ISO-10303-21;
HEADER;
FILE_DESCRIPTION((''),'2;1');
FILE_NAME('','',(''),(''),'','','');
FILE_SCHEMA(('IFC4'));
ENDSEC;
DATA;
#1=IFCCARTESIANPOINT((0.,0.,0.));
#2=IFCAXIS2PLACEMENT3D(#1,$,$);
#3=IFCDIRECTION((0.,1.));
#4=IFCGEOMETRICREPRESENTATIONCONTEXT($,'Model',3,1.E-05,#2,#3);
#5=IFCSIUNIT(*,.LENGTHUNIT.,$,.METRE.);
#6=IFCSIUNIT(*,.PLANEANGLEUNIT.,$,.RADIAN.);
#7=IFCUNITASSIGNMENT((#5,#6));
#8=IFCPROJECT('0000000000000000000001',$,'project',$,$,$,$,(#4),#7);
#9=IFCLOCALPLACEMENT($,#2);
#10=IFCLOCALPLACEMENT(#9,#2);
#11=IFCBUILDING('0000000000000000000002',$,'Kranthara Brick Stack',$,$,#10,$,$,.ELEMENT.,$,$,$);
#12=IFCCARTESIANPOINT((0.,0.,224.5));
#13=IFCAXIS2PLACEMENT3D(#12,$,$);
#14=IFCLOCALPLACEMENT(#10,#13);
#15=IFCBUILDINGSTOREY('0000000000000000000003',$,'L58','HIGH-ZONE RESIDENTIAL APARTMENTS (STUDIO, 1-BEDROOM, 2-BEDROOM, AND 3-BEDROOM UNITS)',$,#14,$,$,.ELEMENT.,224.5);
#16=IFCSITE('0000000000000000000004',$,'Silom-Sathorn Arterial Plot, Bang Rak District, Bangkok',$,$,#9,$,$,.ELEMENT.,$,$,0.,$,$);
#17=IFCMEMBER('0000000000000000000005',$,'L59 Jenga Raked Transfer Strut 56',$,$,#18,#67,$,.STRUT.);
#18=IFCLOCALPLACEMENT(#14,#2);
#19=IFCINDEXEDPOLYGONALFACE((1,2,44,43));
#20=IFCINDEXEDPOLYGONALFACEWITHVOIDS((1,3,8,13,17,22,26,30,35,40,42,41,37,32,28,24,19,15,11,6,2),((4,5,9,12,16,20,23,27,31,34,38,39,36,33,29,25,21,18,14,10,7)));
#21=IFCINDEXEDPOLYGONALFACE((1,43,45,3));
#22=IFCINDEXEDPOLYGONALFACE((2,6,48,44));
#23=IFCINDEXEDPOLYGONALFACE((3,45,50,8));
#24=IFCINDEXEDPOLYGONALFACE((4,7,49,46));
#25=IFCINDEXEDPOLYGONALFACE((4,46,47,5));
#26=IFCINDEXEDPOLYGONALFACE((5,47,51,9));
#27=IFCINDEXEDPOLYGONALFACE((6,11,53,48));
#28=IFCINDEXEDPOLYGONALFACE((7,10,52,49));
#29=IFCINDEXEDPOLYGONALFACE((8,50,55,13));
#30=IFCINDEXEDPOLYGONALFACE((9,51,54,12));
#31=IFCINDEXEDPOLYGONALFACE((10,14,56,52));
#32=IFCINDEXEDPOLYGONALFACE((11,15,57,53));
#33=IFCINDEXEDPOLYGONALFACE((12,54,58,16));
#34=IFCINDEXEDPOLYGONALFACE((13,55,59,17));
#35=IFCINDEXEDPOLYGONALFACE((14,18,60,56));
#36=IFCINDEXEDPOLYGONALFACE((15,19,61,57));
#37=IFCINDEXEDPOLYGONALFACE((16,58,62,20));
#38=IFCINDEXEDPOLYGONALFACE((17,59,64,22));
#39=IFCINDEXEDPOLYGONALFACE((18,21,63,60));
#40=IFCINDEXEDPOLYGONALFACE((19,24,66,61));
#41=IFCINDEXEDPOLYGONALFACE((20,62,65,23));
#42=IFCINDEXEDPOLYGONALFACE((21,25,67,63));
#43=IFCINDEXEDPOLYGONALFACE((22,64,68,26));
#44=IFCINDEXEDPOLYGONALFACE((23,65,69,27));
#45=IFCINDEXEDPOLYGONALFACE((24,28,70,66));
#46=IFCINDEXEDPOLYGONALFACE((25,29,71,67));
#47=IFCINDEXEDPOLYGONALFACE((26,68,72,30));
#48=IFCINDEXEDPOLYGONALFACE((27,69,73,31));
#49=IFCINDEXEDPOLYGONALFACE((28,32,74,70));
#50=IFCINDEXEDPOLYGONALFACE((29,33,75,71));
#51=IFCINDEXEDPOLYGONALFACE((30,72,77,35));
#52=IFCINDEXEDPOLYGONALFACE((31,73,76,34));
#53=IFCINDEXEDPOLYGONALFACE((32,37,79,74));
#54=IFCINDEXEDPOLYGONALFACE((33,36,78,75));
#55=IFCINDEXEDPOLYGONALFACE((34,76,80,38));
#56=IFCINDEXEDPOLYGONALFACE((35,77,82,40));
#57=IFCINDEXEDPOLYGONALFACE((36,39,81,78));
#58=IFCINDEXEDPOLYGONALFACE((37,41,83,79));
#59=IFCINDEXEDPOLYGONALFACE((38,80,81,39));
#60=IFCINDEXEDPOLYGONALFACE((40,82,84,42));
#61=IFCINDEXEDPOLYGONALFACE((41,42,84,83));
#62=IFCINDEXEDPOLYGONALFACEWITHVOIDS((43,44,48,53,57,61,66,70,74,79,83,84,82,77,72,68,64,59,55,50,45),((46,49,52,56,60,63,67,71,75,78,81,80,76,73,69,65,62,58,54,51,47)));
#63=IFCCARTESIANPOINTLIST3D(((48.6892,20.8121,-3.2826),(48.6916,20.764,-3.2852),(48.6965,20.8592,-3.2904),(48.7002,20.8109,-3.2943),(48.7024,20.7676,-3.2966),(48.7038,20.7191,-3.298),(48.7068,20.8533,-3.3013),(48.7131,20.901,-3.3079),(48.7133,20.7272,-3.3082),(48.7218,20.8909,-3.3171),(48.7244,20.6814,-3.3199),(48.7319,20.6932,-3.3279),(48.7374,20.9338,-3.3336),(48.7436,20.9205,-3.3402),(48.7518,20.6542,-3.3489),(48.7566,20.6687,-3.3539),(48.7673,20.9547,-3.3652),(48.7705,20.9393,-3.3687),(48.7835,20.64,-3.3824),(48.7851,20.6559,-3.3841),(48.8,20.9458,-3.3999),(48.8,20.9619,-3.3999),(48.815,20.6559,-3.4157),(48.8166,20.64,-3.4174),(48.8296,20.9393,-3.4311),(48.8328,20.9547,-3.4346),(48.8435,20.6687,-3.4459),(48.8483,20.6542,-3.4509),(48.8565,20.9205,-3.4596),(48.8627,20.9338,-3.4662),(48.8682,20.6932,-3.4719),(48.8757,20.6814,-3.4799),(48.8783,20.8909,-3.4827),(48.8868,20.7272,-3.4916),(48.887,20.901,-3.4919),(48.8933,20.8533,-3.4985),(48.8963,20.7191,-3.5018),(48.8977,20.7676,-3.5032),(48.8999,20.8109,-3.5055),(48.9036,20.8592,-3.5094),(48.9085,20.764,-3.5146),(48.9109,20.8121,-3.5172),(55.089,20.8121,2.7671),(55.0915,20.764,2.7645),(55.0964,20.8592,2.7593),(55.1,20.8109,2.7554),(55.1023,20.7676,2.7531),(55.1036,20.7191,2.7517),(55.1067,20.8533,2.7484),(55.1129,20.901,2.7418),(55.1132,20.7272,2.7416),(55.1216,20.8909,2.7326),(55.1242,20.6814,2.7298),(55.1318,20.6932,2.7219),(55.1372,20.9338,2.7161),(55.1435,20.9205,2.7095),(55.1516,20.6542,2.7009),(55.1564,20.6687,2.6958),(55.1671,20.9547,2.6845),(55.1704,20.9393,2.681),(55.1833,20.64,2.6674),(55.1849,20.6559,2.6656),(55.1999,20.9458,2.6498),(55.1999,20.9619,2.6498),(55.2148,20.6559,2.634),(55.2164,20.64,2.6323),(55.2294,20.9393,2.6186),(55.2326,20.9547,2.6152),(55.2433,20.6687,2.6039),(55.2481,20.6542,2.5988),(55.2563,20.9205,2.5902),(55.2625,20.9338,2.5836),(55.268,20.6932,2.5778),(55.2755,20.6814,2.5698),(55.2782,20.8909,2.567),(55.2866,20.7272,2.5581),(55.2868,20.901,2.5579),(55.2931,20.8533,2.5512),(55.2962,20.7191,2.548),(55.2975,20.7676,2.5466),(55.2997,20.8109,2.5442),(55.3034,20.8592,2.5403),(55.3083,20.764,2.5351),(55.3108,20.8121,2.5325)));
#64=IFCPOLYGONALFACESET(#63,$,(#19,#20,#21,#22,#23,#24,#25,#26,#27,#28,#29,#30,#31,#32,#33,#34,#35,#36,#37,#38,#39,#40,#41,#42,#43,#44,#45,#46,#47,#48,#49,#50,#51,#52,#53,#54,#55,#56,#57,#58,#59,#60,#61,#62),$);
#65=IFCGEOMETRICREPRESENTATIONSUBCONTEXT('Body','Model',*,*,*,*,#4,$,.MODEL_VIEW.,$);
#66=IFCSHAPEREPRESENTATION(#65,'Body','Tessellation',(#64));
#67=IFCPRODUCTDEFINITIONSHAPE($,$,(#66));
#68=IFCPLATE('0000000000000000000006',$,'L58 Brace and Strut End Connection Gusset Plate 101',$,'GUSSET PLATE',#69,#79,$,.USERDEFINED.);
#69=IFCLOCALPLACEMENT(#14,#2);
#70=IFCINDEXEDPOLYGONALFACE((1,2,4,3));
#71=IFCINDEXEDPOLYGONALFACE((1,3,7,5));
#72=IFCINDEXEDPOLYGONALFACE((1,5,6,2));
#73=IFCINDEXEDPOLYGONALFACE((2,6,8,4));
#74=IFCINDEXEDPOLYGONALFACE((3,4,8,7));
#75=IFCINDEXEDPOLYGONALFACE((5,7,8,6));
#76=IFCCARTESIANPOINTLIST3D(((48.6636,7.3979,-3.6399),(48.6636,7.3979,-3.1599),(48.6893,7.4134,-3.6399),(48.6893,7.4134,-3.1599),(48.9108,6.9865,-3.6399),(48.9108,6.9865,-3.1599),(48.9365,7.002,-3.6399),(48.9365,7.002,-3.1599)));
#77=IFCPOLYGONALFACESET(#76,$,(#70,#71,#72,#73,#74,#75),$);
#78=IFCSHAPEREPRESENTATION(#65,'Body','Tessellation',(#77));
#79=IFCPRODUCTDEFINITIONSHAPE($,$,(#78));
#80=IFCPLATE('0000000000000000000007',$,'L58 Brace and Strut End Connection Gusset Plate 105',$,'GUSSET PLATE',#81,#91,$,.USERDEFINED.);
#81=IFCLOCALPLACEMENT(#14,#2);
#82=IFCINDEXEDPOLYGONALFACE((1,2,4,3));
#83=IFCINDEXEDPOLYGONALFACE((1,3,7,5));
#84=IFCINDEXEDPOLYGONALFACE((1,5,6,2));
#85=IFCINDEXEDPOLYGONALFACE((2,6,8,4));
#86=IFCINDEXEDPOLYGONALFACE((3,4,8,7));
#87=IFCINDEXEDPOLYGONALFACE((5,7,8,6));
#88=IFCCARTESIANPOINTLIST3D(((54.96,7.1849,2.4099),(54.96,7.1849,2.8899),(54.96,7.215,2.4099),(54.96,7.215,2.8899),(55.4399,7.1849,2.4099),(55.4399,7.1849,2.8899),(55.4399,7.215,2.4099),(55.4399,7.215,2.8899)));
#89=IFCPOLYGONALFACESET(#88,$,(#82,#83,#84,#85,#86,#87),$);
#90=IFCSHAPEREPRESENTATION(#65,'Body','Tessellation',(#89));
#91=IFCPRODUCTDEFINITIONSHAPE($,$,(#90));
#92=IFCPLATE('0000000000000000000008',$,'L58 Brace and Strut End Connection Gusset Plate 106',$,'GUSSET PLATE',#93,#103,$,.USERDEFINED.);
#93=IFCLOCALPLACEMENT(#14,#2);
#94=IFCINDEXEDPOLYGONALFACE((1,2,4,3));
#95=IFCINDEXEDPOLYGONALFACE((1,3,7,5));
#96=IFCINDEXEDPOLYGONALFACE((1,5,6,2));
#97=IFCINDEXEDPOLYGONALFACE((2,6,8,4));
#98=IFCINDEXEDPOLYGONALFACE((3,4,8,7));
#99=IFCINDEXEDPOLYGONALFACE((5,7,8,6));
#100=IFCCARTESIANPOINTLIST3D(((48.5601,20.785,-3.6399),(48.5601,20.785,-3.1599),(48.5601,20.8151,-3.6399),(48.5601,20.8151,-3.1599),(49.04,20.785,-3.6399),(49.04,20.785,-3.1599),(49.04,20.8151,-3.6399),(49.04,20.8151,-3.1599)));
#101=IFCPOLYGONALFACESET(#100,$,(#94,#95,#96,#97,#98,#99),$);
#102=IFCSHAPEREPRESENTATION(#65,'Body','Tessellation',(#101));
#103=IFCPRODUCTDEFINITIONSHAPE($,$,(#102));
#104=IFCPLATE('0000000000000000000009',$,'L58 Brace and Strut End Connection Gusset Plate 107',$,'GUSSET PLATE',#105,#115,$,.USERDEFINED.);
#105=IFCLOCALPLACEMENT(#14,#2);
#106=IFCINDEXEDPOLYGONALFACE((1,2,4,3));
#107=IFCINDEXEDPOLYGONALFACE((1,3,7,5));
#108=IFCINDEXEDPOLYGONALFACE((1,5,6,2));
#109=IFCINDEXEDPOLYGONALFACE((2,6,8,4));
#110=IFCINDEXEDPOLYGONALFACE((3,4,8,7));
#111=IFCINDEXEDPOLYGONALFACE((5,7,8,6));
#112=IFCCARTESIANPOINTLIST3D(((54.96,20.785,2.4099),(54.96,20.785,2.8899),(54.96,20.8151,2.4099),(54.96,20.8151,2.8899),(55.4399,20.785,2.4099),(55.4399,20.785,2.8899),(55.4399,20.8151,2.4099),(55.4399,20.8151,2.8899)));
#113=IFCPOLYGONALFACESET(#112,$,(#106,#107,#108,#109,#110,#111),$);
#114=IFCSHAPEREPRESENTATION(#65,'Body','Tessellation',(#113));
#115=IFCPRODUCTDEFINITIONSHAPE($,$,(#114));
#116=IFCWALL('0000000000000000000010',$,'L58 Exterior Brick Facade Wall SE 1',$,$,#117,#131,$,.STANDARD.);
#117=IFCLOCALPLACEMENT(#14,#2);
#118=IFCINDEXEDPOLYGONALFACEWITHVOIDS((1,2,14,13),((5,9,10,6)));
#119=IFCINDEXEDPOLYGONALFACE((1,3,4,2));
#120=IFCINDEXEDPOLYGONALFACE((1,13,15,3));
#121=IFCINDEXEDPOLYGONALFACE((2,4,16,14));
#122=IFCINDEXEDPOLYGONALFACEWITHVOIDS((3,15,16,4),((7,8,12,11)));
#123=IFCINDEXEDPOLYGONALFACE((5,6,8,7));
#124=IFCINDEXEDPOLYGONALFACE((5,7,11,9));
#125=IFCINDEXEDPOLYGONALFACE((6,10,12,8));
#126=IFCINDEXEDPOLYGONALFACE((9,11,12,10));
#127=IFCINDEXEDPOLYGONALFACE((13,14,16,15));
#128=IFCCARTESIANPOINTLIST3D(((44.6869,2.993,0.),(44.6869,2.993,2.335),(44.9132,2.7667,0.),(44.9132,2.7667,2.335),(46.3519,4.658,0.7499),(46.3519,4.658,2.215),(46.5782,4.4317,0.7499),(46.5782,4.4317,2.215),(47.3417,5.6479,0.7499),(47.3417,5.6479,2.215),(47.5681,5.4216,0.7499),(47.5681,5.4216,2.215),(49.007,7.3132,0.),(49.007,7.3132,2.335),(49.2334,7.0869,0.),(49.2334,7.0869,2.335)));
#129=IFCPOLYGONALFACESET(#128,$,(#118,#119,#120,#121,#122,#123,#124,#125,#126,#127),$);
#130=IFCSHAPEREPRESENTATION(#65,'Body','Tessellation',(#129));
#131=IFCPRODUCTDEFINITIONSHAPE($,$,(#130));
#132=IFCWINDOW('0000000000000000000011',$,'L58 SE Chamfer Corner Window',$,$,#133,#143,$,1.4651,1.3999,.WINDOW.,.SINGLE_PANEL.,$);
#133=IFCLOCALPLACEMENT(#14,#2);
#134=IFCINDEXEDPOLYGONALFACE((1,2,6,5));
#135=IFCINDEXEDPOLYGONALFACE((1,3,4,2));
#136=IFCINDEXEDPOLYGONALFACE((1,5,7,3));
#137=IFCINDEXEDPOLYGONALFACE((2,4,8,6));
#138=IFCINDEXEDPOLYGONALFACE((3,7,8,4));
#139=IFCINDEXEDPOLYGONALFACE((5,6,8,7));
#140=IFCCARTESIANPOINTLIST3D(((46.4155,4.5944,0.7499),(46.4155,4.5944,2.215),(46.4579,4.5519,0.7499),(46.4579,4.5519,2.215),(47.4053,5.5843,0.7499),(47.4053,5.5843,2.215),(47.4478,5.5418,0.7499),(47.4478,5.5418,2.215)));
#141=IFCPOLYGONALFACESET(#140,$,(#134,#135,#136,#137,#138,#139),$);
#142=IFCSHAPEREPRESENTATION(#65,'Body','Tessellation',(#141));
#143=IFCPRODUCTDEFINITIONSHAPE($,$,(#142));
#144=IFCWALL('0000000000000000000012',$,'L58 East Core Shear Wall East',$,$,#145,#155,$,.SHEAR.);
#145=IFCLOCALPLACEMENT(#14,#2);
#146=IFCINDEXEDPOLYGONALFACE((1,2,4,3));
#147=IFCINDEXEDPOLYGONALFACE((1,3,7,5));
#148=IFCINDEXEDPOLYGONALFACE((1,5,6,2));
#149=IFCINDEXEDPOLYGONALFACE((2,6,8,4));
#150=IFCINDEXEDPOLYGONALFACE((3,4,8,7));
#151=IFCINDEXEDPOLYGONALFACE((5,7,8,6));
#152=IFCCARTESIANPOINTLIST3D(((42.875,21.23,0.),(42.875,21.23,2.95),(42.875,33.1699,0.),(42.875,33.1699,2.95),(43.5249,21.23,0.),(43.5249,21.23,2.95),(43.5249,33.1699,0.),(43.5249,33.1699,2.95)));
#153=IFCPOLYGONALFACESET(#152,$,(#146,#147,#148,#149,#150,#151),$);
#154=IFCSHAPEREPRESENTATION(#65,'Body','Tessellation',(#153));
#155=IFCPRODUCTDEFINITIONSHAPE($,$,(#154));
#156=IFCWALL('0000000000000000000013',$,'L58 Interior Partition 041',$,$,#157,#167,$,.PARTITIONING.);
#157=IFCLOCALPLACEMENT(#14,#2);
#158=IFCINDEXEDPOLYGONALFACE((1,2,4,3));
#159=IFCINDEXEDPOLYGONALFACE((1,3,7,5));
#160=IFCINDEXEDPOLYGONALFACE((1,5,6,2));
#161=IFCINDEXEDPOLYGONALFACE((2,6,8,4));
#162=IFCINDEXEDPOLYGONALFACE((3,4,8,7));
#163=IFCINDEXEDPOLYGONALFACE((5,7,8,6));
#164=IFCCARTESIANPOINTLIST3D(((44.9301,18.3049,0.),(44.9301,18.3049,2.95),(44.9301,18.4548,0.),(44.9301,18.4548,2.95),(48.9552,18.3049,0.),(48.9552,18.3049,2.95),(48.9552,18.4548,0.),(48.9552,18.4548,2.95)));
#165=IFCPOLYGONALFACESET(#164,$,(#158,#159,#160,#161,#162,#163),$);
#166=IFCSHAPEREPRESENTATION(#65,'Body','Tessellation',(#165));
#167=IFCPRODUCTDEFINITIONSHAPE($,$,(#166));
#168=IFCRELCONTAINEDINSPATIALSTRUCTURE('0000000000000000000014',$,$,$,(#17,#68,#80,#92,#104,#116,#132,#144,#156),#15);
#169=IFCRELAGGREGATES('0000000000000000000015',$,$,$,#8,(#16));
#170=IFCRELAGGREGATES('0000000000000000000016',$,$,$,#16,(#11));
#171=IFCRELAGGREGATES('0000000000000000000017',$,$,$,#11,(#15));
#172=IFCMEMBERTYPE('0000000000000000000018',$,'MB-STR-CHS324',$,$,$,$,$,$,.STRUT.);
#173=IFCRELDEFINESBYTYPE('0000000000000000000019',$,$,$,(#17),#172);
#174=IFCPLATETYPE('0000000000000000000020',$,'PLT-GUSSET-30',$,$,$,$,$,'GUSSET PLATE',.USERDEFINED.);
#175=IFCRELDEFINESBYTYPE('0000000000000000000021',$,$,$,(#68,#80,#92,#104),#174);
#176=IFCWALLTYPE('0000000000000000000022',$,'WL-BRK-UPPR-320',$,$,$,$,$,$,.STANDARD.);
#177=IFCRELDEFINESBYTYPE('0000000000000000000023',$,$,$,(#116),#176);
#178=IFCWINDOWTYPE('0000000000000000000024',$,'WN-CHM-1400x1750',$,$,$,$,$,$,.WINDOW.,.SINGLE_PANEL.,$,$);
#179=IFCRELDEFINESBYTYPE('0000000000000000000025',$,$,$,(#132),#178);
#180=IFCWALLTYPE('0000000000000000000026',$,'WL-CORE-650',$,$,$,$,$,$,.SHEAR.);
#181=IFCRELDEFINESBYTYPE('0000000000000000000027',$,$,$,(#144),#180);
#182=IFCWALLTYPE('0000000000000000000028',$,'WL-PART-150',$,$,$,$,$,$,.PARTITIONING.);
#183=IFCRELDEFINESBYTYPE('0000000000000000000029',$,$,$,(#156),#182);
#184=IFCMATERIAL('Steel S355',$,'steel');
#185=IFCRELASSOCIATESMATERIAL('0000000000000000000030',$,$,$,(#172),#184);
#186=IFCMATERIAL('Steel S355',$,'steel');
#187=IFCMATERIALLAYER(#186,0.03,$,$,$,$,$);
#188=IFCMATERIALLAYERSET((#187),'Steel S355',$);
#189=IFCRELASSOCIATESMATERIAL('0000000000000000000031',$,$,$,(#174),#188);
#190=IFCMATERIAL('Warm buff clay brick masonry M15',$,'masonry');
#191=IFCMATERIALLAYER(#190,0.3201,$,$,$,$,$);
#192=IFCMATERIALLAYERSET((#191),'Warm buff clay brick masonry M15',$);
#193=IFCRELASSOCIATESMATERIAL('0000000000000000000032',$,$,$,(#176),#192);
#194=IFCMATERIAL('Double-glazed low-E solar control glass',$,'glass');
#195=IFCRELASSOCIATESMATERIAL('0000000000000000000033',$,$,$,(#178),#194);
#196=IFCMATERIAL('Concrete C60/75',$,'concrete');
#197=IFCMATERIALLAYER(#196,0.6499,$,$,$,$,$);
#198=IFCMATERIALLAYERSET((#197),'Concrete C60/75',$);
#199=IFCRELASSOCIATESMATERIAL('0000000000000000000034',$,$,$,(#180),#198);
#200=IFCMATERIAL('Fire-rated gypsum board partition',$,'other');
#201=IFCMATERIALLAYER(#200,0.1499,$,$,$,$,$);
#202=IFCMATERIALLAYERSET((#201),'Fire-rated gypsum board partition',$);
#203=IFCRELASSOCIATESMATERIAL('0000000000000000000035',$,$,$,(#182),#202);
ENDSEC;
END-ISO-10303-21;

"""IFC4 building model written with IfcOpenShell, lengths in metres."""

from ifc_helpers import new_model, si_unit, direction, frame, frame_2d, origin, origin_2d, place, context, subcontext, project, spatial, rectangle, hollow_circle, extrude, material, layer, layer_set, material_profile, profile_set, type_object, element, fill, save


model = new_model("IFC4")

# Units and contexts
model_context = context("Model", 3, precision=1e-05, world=origin(), true_north=direction((0.0, 1.0)))
body_context = subcontext(model_context, "Body", "Model", "MODEL_VIEW")
ifc_project = project(units=[si_unit("LENGTHUNIT", "METRE"), si_unit("PLANEANGLEUNIT", "RADIAN")], contexts=[model_context])

# Site, building, storey
site_placement = place(None, origin())
site = spatial("IfcSite", under=ifc_project, at=site_placement, Name="Silom-Sathorn Arterial Plot, Bang Rak District, Bangkok", CompositionType="ELEMENT", RefElevation=0.0)
building_placement = place(site_placement, origin())
building = spatial("IfcBuilding", under=site, at=building_placement, Name="Kranthara Brick Stack", CompositionType="ELEMENT")
storey_placement = place(building_placement, frame((0.0, 0.0, 224.5)))
storey = spatial("IfcBuildingStorey", under=building, at=storey_placement, Name="L58", Description="HIGH-ZONE RESIDENTIAL APARTMENTS (STUDIO, 1-BEDROOM, 2-BEDROOM, AND 3-BEDROOM UNITS)", CompositionType="ELEMENT", Elevation=224.5)

# Member
ifc_material_1 = material(Name="Steel S355", Category="steel")
ifc_material_profile_1 = material_profile(ifc_material_1, hollow_circle(Radius=0.1619, WallThickness=0.0161, at=origin_2d()), Name="CHS 323.9x16")
ifc_profile_set_1 = profile_set([ifc_material_profile_1], Name="Steel S355")
member_type = type_object("IfcMemberType", Name="MB-STR-CHS324", PredefinedType="STRUT", material=ifc_profile_set_1)
for number, where, z_axis, x_axis, name in (
    (1, (48.8, 20.8, -3.3999), (0.726704, 0.0, 0.686951), (0.0, 1.0, 0.0), "L59 Jenga Raked Transfer Strut 56"),
):
    element("IfcMember", number, at=place(storey_placement, frame(where, z_axis=z_axis, x_axis=x_axis)), inside=storey, type_object=member_type, Name=name, PredefinedType="STRUT", context=body_context, shape_type="SweptSolid", body=[
        extrude(hollow_circle(Radius=0.1619, WallThickness=0.0161, at=origin_2d()), origin(), (0.0, 0.0, 1.0), 8.8066),
    ])

# Plates
ifc_material_2 = material(Name="Steel S355", Category="steel")
ifc_layer_1 = layer(ifc_material_2, 0.03)
ifc_layer_set_1 = layer_set([ifc_layer_1], Name="Steel S355")
plate_type = type_object("IfcPlateType", Name="PLT-GUSSET-30", ElementType="GUSSET PLATE", PredefinedType="USERDEFINED", material=ifc_layer_set_1)
for number, where, z_axis, x_axis, name in (
    (2, (48.8, 7.2, -3.6399), (0.0, 0.0, 1.0), (-0.515038, 0.857167, 0.0), "L58 Brace and Strut End Connection Gusset Plate 101"),
    (3, (55.2, 7.2, 2.4099), (0.0, 0.0, 1.0), (1.0, 0.0, 0.0), "L58 Brace and Strut End Connection Gusset Plate 105"),
    (4, (48.8, 20.8, -3.6399), (0.0, 0.0, 1.0), (1.0, 0.0, 0.0), "L58 Brace and Strut End Connection Gusset Plate 106"),
    (5, (55.2, 20.8, 2.4099), (0.0, 0.0, 1.0), (1.0, 0.0, 0.0), "L58 Brace and Strut End Connection Gusset Plate 107"),
):
    element("IfcPlate", number, at=place(storey_placement, frame(where, z_axis=z_axis, x_axis=x_axis)), inside=storey, type_object=plate_type, Name=name, ObjectType="GUSSET PLATE", PredefinedType="USERDEFINED", context=body_context, shape_type="SweptSolid", body=[
        extrude(rectangle(XDim=0.48, YDim=0.03, at=origin_2d()), origin(), (0.0, 0.0, 1.0), 0.48),
    ])

# Wall, opening, window
ifc_material_3 = material(Name="Warm buff clay brick masonry M15", Category="masonry")
ifc_layer_2 = layer(ifc_material_3, 0.3201)
ifc_layer_set_2 = layer_set([ifc_layer_2], Name="Warm buff clay brick masonry M15")
wall_type_1 = type_object("IfcWallType", Name="WL-BRK-UPPR-320", PredefinedType="STANDARD", material=ifc_layer_set_2)
wall_1_placement = place(storey_placement, frame((49.1201, 7.2, 0.0), z_axis=(0.0, 0.0, 1.0), x_axis=(-0.707107, -0.707107, 0.0)))
wall_1 = element("IfcWall", 6, at=wall_1_placement, inside=storey, type_object=wall_type_1, Name="L58 Exterior Brick Facade Wall SE 1", PredefinedType="STANDARD", context=body_context, shape_type="SweptSolid", body=[
    extrude(rectangle(XDim=6.1096, YDim=0.3201, at=frame_2d((3.0547, 0.0))), origin(), (0.0, 0.0, 1.0), 2.335),
])
opening_1_placement = place(wall_1_placement, frame((2.355, 0.0, 0.75)))
opening_1 = element("IfcOpeningElement", 7, at=opening_1_placement, cuts=wall_1, PredefinedType="OPENING", context=body_context, shape_type="SweptSolid", body=[
    extrude(rectangle(XDim=1.3999, YDim=1.4651, at=frame_2d((0.7, 0.7324))), frame((0.0, 0.1699, 0.0), z_axis=(0.0, -1.0, 0.0), x_axis=(1.0, 0.0, 0.0)), (0.0, 0.0, 1.0), 0.3401),
])
ifc_material_4 = material(Name="Double-glazed low-E solar control glass", Category="glass")
window_type = type_object("IfcWindowType", Name="WN-CHM-1400x1750", PartitioningType="SINGLE_PANEL", PredefinedType="WINDOW", material=ifc_material_4)
window_placement = place(opening_1_placement, origin())
window = element("IfcWindow", 8, at=window_placement, inside=storey, type_object=window_type, Name="L58 SE Chamfer Corner Window", OverallHeight=1.4651, OverallWidth=1.3999, PartitioningType="SINGLE_PANEL", PredefinedType="WINDOW", context=body_context, shape_type="SweptSolid", body=[
    extrude(rectangle(XDim=1.3999, YDim=1.4651, at=frame_2d((0.7, 0.7324))), frame((0.0, -0.01, 0.0), z_axis=(0.0, -1.0, 0.0), x_axis=(1.0, 0.0, 0.0)), (0.0, 0.0, 1.0), 0.0601),
])
fill(opening_1, window)

# Walls
ifc_material_5 = material(Name="Concrete C60/75", Category="concrete")
ifc_layer_3 = layer(ifc_material_5, 0.6499)
ifc_layer_set_3 = layer_set([ifc_layer_3], Name="Concrete C60/75")
wall_type_2 = type_object("IfcWallType", Name="WL-CORE-650", PredefinedType="SHEAR", material=ifc_layer_set_3)
wall_2_placement = place(storey_placement, frame((43.2, 21.23, 0.0), z_axis=(0.0, 0.0, 1.0), x_axis=(0.0, 1.0, 0.0)))
element("IfcWall", 9, at=wall_2_placement, inside=storey, type_object=wall_type_2, Name="L58 East Core Shear Wall East", PredefinedType="SHEAR", context=body_context, shape_type="SweptSolid", body=[
    extrude(rectangle(XDim=11.9399, YDim=0.6499, at=frame_2d((5.97, 0.0))), origin(), (0.0, 0.0, 1.0), 2.95),
])
ifc_material_6 = material(Name="Fire-rated gypsum board partition", Category="other")
ifc_layer_4 = layer(ifc_material_6, 0.1499)
ifc_layer_set_4 = layer_set([ifc_layer_4], Name="Fire-rated gypsum board partition")
wall_type_3 = type_object("IfcWallType", Name="WL-PART-150", PredefinedType="PARTITIONING", material=ifc_layer_set_4)
wall_3_placement = place(storey_placement, frame((44.9299, 18.3799, 0.0), z_axis=(0.0, 0.0, 1.0), x_axis=(1.0, 0.0, 0.0)))
element("IfcWall", 10, at=wall_3_placement, inside=storey, type_object=wall_type_3, Name="L58 Interior Partition 041", PredefinedType="PARTITIONING", context=body_context, shape_type="SweptSolid", body=[
    extrude(rectangle(XDim=4.0251, YDim=0.1499, at=frame_2d((2.0127, 0.0))), origin(), (0.0, 0.0, 1.0), 2.95),
])

save(model, "model.ifc")
